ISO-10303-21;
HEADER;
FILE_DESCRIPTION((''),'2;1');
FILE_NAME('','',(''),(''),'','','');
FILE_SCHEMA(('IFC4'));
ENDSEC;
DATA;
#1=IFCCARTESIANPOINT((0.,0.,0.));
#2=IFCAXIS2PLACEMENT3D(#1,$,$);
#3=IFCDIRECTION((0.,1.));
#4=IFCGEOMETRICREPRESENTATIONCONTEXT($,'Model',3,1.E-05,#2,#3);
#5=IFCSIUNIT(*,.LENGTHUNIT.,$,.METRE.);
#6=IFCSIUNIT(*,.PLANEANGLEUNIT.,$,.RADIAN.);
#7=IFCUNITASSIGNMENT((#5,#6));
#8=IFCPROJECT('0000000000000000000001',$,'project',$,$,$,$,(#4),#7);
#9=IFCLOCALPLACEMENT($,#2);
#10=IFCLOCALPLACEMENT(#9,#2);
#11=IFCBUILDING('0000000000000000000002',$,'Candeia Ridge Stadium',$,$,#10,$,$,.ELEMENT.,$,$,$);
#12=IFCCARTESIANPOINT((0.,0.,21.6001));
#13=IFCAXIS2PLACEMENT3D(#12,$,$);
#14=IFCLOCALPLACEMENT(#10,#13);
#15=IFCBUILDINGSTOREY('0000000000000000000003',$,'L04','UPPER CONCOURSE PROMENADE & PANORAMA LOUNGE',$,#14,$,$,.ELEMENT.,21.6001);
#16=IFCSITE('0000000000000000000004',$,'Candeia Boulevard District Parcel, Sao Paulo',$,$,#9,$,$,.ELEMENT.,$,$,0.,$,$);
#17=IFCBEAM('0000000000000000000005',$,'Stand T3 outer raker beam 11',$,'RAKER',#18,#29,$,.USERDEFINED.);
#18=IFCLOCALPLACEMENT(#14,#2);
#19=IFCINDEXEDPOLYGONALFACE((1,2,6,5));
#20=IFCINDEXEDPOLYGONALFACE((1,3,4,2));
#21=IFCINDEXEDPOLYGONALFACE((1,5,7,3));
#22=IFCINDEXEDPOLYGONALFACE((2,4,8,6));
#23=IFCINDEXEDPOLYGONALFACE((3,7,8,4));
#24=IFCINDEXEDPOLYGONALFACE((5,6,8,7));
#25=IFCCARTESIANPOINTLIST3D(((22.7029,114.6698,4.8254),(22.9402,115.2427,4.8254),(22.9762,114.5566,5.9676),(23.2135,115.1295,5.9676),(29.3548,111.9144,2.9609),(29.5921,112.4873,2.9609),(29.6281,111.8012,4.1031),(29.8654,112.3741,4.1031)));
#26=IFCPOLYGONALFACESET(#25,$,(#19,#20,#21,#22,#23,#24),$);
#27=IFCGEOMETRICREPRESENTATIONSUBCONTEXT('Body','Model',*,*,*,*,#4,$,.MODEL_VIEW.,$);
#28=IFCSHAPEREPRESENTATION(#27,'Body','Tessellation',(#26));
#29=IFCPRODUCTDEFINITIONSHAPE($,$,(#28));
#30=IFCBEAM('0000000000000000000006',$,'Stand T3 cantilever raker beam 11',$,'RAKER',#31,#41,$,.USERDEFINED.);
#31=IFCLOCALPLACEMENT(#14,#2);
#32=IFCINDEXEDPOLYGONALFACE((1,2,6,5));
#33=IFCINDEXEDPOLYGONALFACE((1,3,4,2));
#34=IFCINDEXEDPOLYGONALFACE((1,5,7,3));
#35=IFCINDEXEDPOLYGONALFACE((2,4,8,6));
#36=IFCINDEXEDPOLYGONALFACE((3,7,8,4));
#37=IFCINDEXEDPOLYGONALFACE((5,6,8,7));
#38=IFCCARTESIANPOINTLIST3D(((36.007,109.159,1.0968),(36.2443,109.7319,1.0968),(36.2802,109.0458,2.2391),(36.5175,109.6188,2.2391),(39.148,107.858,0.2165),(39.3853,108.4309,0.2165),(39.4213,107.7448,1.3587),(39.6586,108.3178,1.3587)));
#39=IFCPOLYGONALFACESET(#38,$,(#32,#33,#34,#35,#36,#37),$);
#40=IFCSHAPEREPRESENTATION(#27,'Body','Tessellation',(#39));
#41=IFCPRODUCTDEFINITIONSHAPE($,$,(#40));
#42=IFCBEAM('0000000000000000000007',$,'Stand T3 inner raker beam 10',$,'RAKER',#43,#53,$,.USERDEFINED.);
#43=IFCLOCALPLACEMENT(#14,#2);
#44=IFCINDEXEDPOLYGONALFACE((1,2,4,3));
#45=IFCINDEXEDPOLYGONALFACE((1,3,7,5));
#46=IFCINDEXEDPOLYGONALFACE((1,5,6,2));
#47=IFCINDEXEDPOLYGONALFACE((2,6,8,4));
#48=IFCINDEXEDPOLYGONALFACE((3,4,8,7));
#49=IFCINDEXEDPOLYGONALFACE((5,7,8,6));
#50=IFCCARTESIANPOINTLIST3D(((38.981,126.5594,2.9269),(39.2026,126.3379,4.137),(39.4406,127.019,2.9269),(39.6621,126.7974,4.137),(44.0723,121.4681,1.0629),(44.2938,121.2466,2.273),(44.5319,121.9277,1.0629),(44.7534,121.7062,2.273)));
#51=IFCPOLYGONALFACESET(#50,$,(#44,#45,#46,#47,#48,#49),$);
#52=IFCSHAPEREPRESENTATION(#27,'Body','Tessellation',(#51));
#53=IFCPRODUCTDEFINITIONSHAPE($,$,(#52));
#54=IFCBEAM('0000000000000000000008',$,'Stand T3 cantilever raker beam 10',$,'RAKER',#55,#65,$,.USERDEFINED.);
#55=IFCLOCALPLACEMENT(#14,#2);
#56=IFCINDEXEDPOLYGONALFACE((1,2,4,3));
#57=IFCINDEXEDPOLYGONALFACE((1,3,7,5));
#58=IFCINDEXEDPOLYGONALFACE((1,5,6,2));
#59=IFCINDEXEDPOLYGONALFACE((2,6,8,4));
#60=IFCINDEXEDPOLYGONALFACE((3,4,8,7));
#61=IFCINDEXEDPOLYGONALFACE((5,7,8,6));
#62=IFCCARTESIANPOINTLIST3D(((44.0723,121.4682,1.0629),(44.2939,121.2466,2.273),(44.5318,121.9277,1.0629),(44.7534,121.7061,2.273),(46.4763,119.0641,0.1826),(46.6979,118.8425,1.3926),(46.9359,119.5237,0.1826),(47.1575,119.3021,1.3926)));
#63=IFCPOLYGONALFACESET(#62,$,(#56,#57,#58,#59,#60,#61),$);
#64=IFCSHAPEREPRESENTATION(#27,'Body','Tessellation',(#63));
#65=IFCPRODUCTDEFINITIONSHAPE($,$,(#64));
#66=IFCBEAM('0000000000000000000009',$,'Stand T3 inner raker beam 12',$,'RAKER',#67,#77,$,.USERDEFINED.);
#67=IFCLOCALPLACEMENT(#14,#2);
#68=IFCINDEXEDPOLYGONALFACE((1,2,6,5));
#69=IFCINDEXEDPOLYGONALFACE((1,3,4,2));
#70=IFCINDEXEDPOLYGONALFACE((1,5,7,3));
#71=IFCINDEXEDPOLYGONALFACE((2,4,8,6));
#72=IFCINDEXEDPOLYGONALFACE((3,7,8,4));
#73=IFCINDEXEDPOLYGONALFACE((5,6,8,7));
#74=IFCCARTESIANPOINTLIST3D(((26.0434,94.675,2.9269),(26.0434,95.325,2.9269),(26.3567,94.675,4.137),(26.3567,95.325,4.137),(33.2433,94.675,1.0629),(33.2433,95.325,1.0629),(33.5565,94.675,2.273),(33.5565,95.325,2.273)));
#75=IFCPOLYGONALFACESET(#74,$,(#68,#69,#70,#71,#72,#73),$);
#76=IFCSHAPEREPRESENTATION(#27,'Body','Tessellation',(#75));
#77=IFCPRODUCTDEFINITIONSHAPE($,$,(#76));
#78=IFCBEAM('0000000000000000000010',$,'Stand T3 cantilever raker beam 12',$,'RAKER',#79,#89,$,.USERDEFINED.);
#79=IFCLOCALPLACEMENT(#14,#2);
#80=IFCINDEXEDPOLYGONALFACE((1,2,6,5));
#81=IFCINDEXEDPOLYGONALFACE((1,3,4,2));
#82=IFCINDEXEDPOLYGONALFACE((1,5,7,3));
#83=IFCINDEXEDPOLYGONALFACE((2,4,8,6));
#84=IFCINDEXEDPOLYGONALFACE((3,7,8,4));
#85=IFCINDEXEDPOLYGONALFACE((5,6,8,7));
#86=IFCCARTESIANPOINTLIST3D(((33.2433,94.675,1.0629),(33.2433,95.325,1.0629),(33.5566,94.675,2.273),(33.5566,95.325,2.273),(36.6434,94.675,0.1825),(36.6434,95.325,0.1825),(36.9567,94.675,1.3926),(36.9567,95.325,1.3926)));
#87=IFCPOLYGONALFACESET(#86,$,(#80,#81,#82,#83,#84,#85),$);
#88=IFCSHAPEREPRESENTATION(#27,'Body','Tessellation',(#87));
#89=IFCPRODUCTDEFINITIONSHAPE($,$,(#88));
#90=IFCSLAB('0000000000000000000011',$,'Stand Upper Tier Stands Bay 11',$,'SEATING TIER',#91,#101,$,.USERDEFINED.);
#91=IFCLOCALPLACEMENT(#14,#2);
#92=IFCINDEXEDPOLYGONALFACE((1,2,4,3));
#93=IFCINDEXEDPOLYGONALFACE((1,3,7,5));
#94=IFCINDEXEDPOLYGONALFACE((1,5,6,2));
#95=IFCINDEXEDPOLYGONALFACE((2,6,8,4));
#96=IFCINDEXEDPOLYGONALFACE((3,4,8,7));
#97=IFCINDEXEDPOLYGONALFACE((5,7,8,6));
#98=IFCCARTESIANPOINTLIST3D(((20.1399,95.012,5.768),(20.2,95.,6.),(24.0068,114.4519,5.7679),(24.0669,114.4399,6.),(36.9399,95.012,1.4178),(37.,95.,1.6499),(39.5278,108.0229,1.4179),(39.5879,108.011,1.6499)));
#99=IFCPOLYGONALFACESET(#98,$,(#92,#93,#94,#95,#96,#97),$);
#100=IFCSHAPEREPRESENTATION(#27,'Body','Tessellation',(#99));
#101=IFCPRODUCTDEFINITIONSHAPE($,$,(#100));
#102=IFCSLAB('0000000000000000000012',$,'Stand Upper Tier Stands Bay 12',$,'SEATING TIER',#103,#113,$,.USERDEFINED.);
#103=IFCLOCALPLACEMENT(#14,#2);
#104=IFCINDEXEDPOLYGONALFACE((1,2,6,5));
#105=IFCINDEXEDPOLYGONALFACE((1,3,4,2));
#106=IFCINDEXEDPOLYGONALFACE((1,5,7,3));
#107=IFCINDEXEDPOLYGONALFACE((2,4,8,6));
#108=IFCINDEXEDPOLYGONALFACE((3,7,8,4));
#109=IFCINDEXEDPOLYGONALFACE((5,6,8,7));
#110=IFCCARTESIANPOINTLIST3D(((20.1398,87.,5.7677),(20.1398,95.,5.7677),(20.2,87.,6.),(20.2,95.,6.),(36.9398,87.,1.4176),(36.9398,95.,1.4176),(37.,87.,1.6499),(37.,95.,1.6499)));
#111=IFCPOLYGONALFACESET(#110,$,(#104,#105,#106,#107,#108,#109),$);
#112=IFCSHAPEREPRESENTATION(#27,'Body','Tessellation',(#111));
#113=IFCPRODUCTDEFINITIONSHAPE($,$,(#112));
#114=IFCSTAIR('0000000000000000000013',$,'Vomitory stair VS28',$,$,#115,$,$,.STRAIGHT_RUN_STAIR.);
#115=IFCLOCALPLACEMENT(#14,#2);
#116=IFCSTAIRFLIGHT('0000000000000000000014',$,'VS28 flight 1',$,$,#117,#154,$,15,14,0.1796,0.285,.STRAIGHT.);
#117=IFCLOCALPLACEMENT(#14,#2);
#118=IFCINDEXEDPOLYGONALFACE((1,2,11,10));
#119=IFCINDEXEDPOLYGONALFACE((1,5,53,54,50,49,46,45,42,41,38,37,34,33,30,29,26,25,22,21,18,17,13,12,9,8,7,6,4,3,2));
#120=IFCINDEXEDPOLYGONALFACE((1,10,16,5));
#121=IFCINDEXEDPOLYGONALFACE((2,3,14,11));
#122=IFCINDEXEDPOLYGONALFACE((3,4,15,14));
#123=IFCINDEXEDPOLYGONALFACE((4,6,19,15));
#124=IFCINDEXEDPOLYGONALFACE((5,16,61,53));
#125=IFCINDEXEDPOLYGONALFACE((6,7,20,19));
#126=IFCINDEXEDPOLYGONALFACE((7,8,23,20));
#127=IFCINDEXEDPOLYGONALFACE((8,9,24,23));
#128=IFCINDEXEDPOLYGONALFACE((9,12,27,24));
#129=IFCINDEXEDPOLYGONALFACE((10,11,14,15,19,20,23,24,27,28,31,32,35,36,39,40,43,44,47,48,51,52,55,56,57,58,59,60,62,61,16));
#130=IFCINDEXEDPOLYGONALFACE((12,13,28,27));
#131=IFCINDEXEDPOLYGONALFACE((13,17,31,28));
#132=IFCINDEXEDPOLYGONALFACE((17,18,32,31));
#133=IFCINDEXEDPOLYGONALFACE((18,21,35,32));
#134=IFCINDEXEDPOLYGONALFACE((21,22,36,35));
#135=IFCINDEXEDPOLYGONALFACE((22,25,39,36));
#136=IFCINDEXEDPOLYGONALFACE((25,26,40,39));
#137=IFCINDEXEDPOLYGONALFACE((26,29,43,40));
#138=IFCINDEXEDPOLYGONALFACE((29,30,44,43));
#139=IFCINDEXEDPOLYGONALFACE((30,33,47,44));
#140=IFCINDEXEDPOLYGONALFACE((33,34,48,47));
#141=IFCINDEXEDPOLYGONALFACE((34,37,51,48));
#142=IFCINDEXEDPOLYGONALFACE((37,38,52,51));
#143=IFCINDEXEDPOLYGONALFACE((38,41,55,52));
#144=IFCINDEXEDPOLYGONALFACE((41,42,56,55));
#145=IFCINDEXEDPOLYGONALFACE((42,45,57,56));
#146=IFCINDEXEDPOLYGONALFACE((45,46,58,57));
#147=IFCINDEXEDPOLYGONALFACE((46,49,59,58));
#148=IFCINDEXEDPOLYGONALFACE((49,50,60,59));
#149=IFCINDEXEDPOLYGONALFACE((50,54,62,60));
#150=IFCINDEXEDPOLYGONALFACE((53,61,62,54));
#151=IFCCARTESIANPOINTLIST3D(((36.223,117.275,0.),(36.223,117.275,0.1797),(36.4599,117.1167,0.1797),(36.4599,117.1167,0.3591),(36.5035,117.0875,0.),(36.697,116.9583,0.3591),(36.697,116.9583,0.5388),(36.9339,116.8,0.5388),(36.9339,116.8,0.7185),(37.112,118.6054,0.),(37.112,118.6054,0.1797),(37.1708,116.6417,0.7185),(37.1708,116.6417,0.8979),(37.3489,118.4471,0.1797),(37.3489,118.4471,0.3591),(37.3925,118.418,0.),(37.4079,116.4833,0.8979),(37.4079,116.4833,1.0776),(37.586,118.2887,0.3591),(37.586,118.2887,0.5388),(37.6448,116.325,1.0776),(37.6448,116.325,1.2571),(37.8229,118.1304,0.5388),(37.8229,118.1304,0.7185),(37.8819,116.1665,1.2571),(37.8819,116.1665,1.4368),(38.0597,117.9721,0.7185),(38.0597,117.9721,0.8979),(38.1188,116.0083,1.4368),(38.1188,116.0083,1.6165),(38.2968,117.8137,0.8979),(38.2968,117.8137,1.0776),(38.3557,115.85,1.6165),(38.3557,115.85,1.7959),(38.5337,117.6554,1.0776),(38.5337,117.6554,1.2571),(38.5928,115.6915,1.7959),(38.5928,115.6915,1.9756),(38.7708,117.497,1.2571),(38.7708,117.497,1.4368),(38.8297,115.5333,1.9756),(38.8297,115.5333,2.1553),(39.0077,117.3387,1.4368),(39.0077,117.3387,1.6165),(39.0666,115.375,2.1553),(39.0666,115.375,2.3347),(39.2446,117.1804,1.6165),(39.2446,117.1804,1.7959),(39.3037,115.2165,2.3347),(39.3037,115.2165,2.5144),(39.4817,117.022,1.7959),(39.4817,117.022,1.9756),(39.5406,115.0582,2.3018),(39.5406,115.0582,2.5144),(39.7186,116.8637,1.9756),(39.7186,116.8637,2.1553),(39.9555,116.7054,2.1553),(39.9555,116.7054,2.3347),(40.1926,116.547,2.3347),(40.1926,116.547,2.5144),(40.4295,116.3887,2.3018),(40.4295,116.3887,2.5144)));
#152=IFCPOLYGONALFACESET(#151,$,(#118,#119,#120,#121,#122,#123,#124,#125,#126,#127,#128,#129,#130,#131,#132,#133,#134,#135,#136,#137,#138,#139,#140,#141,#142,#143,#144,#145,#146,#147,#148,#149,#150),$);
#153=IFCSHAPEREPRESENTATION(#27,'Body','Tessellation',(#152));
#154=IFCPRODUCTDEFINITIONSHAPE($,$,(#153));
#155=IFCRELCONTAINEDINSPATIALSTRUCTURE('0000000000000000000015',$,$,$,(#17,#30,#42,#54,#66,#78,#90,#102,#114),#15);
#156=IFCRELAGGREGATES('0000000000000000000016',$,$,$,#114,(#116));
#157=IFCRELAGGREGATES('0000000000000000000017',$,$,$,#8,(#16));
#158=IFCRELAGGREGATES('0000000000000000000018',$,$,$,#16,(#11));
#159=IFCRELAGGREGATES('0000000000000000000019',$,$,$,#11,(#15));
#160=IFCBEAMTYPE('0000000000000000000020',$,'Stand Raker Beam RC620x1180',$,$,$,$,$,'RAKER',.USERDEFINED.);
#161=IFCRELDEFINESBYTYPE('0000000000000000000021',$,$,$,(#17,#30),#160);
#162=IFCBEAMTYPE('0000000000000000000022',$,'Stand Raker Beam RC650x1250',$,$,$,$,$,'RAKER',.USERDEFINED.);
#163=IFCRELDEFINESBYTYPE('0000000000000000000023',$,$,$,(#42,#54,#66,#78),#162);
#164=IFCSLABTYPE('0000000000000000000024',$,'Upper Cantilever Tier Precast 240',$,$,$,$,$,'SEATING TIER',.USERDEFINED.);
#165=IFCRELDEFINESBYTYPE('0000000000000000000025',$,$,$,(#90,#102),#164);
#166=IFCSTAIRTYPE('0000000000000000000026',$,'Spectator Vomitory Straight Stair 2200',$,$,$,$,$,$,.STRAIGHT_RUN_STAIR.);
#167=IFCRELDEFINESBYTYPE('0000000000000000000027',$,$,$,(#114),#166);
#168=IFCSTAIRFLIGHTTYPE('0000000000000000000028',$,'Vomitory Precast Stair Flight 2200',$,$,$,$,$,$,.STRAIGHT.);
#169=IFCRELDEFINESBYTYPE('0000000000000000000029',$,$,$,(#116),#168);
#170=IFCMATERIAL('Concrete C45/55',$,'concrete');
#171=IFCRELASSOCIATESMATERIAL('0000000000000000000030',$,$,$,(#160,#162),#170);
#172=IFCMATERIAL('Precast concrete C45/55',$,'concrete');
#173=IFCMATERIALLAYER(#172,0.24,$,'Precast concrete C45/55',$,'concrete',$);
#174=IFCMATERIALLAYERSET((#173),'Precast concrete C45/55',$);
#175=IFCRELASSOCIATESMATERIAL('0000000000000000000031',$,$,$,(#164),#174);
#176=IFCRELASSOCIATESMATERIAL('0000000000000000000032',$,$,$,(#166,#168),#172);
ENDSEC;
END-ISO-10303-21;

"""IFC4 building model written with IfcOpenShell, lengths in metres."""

from ifc_helpers import new_model, si_unit, direction, frame, origin, origin_2d, place, context, subcontext, project, spatial, polyline, rectangle, outline, extrude, material, layer, layer_set, material_profile, profile_set, type_object, element, aggregate, save


model = new_model("IFC4")

# Units and contexts
model_context = context("Model", 3, precision=1e-05, world=origin(), true_north=direction((0.0, 1.0)))
body_context = subcontext(model_context, "Body", "Model", "MODEL_VIEW")
ifc_project = project(units=[si_unit("LENGTHUNIT", "METRE"), si_unit("PLANEANGLEUNIT", "RADIAN")], contexts=[model_context])

# Site, building, storey
site_placement = place(None, origin())
site = spatial("IfcSite", under=ifc_project, at=site_placement, Name="Candeia Boulevard District Parcel, Sao Paulo", CompositionType="ELEMENT", RefElevation=0.0)
building_placement = place(site_placement, origin())
building = spatial("IfcBuilding", under=site, at=building_placement, Name="Candeia Ridge Stadium", CompositionType="ELEMENT")
storey_placement = place(building_placement, frame((0.0, 0.0, 21.6001)))
storey = spatial("IfcBuildingStorey", under=building, at=storey_placement, Name="L04", Description="UPPER CONCOURSE PROMENADE & PANORAMA LOUNGE", CompositionType="ELEMENT", Elevation=21.6001)

# Shared definitions
ifc_material_1 = material(Name="Concrete C45/55", Category="concrete")

# Beams
ifc_material_profile_1 = material_profile(ifc_material_1, rectangle(XDim=0.6201, YDim=1.1799, at=origin_2d()), Name="RC620x1180", Category="concrete")
ifc_profile_set_1 = profile_set([ifc_material_profile_1], Name="Concrete C45/55")
beam_type_1 = type_object("IfcBeamType", Name="Stand Raker Beam RC620x1180", ElementType="RAKER", PredefinedType="USERDEFINED", material=ifc_profile_set_1)
for number, where, z_axis, x_axis, name in (
    (1, (29.6101, 112.1443, 3.532), (-0.894373, 0.370473, 0.250691), (-0.382693, -0.923875, 0.0), "Stand T3 outer raker beam 11"),
):
    element("IfcBeam", number, at=place(storey_placement, frame(where, z_axis=z_axis, x_axis=x_axis)), inside=storey, type_object=beam_type_1, Name=name, ObjectType="RAKER", PredefinedType="USERDEFINED", context=body_context, shape_type="SweptSolid", body=[
        extrude(rectangle(XDim=0.6201, YDim=1.1799, at=origin_2d()), origin(), (0.0, 0.0, 1.0), 7.4375),
    ])
beam_1_placement = place(storey_placement, frame((39.4033, 108.0879, 0.7876), z_axis=(-0.894388, 0.370449, 0.250673), x_axis=(-0.382667, -0.923886, 0.0)))
element("IfcBeam", 2, at=beam_1_placement, inside=storey, type_object=beam_type_1, Name="Stand T3 cantilever raker beam 11", ObjectType="RAKER", PredefinedType="USERDEFINED", context=body_context, shape_type="SweptSolid", body=[
    extrude(rectangle(XDim=0.6201, YDim=1.1799, at=origin_2d()), origin(), (0.0, 0.0, 1.0), 3.512),
])
ifc_material_profile_2 = material_profile(ifc_material_1, rectangle(XDim=0.6499, YDim=1.25, at=origin_2d()), Name="RC650x1250", Category="concrete")
ifc_profile_set_2 = profile_set([ifc_material_profile_2], Name="Concrete C45/55")
beam_type_2 = type_object("IfcBeamType", Name="Stand Raker Beam RC650x1250", ElementType="RAKER", PredefinedType="USERDEFINED", material=ifc_profile_set_2)
beam_2_placement = place(storey_placement, frame((44.4128, 121.5872, 1.668), z_axis=(-0.68454, 0.68454, 0.250621), x_axis=(-0.707107, -0.707107, 0.0)))
element("IfcBeam", 3, at=beam_2_placement, inside=storey, type_object=beam_type_2, Name="Stand T3 inner raker beam 10", ObjectType="RAKER", PredefinedType="USERDEFINED", context=body_context, shape_type="SweptSolid", body=[
    extrude(rectangle(XDim=0.6499, YDim=1.25, at=origin_2d()), origin(), (0.0, 0.0, 1.0), 7.4375),
])
beam_3_placement = place(storey_placement, frame((46.8169, 119.1831, 0.7876), z_axis=(-0.684529, 0.684529, 0.250677), x_axis=(-0.707107, -0.707107, 0.0)))
element("IfcBeam", 4, at=beam_3_placement, inside=storey, type_object=beam_type_2, Name="Stand T3 cantilever raker beam 10", ObjectType="RAKER", PredefinedType="USERDEFINED", context=body_context, shape_type="SweptSolid", body=[
    extrude(rectangle(XDim=0.6499, YDim=1.25, at=origin_2d()), origin(), (0.0, 0.0, 1.0), 3.512),
])
beam_4_placement = place(storey_placement, frame((33.3999, 95.0, 1.668), z_axis=(-0.968083, 0.0, 0.250629), x_axis=(0.0, -1.0, 0.0)))
element("IfcBeam", 5, at=beam_4_placement, inside=storey, type_object=beam_type_2, Name="Stand T3 inner raker beam 12", ObjectType="RAKER", PredefinedType="USERDEFINED", context=body_context, shape_type="SweptSolid", body=[
    extrude(rectangle(XDim=0.6499, YDim=1.25, at=origin_2d()), origin(), (0.0, 0.0, 1.0), 7.4373),
])
beam_5_placement = place(storey_placement, frame((36.8, 95.0, 0.7876), z_axis=(-0.968076, 0.0, 0.250656), x_axis=(0.0, -1.0, 0.0)))
element("IfcBeam", 6, at=beam_5_placement, inside=storey, type_object=beam_type_2, Name="Stand T3 cantilever raker beam 12", ObjectType="RAKER", PredefinedType="USERDEFINED", context=body_context, shape_type="SweptSolid", body=[
    extrude(rectangle(XDim=0.6499, YDim=1.25, at=origin_2d()), origin(), (0.0, 0.0, 1.0), 3.5122),
])

# Slabs
ifc_material_2 = material(Name="Precast concrete C45/55", Category="concrete")
ifc_layer_1 = layer(ifc_material_2, 0.24, Name="Precast concrete C45/55", Category="concrete")
ifc_layer_set_1 = layer_set([ifc_layer_1], Name="Precast concrete C45/55")
slab_type = type_object("IfcSlabType", Name="Upper Cantilever Tier Precast 240", ElementType="SEATING TIER", PredefinedType="USERDEFINED", material=ifc_layer_set_1)
slab_1_placement = place(storey_placement, frame((39.5879, 108.011, 1.6499), z_axis=(0.250358, -0.049799, 0.966872), x_axis=(-0.19508, -0.980787, -0.000002)))
element("IfcSlab", 7, at=slab_1_placement, inside=storey, type_object=slab_type, Name="Stand Upper Tier Stands Bay 11", ObjectType="SEATING TIER", PredefinedType="USERDEFINED", context=body_context, shape_type="SweptSolid", body=[
    extrude(outline(polyline([(0.0, 0.0), (13.2659, 0.0), (16.5432, -17.0418), (-3.2776, -17.0415), (0.0, 0.0)])), origin(), (0.0, 0.0, -1.0), 0.24),
])
slab_2_placement = place(storey_placement, frame((37.0, 95.0, 1.6499), z_axis=(0.250667, 0.0, 0.968073), x_axis=(0.0, -1.0, 0.0)))
element("IfcSlab", 8, at=slab_2_placement, inside=storey, type_object=slab_type, Name="Stand Upper Tier Stands Bay 12", ObjectType="SEATING TIER", PredefinedType="USERDEFINED", context=body_context, shape_type="SweptSolid", body=[
    extrude(outline(polyline([(0.0, 0.0), (8.0, 0.0), (8.0, -17.3541), (0.0, -17.3541), (0.0, 0.0)])), origin(), (0.0, 0.0, -1.0), 0.24),
])

# Stair, stair flight
stair_type = type_object("IfcStairType", Name="Spectator Vomitory Straight Stair 2200", PredefinedType="STRAIGHT_RUN_STAIR", material=ifc_material_2)
stair_placement = place(storey_placement, origin())
stair = element("IfcStair", 9, at=stair_placement, inside=storey, type_object=stair_type, Name="Vomitory stair VS28", PredefinedType="STRAIGHT_RUN_STAIR")
stair_flight_type = type_object("IfcStairFlightType", Name="Vomitory Precast Stair Flight 2200", PredefinedType="STRAIGHT", material=ifc_material_2)
stair_flight_placement = place(storey_placement, frame((36.6675, 117.9402, 0.0), z_axis=(0.0, 0.0, 1.0), x_axis=(0.83147, -0.55557, 0.0)))
stair_flight = element("IfcStairFlight", 10, at=stair_flight_placement, type_object=stair_flight_type, Name="VS28 flight 1", NumberOfRisers=15, NumberOfTreads=14, PredefinedType="STRAIGHT", RiserHeight=0.1796, TreadLength=0.285, context=body_context, shape_type="SweptSolid", body=[
    extrude(outline(polyline([(0.0, 0.0), (0.0, 0.1797), (0.2849, 0.1797), (0.2849, 0.3591), (0.5701, 0.3591), (0.5701, 0.5388), (0.855, 0.5388), (0.855, 0.7185), (1.1399, 0.7185), (1.1399, 0.8979), (1.425, 0.8979), (1.425, 1.0776), (1.71, 1.0776), (1.71, 1.2571), (1.9951, 1.2571), (1.9951, 1.4368), (2.28, 1.4368), (2.28, 1.6165), (2.5649, 1.6165), (2.5649, 1.7959), (2.8501, 1.7959), (2.8501, 1.9756), (3.135, 1.9756), (3.135, 2.1553), (3.4199, 2.1553), (3.4199, 2.3347), (3.7051, 2.3347), (3.7051, 2.5144), (3.99, 2.5144), (3.99, 2.6941), (3.99, 2.3018), (0.3374, 0.0), (0.0, 0.0)])), frame((0.0, 0.8, 0.0), z_axis=(0.0, -1.0, 0.0), x_axis=(1.0, 0.0, 0.0)), (0.0, 0.0, 1.0), 1.6001),
])
aggregate(stair, [stair_flight])

save(model, "model.ifc")
